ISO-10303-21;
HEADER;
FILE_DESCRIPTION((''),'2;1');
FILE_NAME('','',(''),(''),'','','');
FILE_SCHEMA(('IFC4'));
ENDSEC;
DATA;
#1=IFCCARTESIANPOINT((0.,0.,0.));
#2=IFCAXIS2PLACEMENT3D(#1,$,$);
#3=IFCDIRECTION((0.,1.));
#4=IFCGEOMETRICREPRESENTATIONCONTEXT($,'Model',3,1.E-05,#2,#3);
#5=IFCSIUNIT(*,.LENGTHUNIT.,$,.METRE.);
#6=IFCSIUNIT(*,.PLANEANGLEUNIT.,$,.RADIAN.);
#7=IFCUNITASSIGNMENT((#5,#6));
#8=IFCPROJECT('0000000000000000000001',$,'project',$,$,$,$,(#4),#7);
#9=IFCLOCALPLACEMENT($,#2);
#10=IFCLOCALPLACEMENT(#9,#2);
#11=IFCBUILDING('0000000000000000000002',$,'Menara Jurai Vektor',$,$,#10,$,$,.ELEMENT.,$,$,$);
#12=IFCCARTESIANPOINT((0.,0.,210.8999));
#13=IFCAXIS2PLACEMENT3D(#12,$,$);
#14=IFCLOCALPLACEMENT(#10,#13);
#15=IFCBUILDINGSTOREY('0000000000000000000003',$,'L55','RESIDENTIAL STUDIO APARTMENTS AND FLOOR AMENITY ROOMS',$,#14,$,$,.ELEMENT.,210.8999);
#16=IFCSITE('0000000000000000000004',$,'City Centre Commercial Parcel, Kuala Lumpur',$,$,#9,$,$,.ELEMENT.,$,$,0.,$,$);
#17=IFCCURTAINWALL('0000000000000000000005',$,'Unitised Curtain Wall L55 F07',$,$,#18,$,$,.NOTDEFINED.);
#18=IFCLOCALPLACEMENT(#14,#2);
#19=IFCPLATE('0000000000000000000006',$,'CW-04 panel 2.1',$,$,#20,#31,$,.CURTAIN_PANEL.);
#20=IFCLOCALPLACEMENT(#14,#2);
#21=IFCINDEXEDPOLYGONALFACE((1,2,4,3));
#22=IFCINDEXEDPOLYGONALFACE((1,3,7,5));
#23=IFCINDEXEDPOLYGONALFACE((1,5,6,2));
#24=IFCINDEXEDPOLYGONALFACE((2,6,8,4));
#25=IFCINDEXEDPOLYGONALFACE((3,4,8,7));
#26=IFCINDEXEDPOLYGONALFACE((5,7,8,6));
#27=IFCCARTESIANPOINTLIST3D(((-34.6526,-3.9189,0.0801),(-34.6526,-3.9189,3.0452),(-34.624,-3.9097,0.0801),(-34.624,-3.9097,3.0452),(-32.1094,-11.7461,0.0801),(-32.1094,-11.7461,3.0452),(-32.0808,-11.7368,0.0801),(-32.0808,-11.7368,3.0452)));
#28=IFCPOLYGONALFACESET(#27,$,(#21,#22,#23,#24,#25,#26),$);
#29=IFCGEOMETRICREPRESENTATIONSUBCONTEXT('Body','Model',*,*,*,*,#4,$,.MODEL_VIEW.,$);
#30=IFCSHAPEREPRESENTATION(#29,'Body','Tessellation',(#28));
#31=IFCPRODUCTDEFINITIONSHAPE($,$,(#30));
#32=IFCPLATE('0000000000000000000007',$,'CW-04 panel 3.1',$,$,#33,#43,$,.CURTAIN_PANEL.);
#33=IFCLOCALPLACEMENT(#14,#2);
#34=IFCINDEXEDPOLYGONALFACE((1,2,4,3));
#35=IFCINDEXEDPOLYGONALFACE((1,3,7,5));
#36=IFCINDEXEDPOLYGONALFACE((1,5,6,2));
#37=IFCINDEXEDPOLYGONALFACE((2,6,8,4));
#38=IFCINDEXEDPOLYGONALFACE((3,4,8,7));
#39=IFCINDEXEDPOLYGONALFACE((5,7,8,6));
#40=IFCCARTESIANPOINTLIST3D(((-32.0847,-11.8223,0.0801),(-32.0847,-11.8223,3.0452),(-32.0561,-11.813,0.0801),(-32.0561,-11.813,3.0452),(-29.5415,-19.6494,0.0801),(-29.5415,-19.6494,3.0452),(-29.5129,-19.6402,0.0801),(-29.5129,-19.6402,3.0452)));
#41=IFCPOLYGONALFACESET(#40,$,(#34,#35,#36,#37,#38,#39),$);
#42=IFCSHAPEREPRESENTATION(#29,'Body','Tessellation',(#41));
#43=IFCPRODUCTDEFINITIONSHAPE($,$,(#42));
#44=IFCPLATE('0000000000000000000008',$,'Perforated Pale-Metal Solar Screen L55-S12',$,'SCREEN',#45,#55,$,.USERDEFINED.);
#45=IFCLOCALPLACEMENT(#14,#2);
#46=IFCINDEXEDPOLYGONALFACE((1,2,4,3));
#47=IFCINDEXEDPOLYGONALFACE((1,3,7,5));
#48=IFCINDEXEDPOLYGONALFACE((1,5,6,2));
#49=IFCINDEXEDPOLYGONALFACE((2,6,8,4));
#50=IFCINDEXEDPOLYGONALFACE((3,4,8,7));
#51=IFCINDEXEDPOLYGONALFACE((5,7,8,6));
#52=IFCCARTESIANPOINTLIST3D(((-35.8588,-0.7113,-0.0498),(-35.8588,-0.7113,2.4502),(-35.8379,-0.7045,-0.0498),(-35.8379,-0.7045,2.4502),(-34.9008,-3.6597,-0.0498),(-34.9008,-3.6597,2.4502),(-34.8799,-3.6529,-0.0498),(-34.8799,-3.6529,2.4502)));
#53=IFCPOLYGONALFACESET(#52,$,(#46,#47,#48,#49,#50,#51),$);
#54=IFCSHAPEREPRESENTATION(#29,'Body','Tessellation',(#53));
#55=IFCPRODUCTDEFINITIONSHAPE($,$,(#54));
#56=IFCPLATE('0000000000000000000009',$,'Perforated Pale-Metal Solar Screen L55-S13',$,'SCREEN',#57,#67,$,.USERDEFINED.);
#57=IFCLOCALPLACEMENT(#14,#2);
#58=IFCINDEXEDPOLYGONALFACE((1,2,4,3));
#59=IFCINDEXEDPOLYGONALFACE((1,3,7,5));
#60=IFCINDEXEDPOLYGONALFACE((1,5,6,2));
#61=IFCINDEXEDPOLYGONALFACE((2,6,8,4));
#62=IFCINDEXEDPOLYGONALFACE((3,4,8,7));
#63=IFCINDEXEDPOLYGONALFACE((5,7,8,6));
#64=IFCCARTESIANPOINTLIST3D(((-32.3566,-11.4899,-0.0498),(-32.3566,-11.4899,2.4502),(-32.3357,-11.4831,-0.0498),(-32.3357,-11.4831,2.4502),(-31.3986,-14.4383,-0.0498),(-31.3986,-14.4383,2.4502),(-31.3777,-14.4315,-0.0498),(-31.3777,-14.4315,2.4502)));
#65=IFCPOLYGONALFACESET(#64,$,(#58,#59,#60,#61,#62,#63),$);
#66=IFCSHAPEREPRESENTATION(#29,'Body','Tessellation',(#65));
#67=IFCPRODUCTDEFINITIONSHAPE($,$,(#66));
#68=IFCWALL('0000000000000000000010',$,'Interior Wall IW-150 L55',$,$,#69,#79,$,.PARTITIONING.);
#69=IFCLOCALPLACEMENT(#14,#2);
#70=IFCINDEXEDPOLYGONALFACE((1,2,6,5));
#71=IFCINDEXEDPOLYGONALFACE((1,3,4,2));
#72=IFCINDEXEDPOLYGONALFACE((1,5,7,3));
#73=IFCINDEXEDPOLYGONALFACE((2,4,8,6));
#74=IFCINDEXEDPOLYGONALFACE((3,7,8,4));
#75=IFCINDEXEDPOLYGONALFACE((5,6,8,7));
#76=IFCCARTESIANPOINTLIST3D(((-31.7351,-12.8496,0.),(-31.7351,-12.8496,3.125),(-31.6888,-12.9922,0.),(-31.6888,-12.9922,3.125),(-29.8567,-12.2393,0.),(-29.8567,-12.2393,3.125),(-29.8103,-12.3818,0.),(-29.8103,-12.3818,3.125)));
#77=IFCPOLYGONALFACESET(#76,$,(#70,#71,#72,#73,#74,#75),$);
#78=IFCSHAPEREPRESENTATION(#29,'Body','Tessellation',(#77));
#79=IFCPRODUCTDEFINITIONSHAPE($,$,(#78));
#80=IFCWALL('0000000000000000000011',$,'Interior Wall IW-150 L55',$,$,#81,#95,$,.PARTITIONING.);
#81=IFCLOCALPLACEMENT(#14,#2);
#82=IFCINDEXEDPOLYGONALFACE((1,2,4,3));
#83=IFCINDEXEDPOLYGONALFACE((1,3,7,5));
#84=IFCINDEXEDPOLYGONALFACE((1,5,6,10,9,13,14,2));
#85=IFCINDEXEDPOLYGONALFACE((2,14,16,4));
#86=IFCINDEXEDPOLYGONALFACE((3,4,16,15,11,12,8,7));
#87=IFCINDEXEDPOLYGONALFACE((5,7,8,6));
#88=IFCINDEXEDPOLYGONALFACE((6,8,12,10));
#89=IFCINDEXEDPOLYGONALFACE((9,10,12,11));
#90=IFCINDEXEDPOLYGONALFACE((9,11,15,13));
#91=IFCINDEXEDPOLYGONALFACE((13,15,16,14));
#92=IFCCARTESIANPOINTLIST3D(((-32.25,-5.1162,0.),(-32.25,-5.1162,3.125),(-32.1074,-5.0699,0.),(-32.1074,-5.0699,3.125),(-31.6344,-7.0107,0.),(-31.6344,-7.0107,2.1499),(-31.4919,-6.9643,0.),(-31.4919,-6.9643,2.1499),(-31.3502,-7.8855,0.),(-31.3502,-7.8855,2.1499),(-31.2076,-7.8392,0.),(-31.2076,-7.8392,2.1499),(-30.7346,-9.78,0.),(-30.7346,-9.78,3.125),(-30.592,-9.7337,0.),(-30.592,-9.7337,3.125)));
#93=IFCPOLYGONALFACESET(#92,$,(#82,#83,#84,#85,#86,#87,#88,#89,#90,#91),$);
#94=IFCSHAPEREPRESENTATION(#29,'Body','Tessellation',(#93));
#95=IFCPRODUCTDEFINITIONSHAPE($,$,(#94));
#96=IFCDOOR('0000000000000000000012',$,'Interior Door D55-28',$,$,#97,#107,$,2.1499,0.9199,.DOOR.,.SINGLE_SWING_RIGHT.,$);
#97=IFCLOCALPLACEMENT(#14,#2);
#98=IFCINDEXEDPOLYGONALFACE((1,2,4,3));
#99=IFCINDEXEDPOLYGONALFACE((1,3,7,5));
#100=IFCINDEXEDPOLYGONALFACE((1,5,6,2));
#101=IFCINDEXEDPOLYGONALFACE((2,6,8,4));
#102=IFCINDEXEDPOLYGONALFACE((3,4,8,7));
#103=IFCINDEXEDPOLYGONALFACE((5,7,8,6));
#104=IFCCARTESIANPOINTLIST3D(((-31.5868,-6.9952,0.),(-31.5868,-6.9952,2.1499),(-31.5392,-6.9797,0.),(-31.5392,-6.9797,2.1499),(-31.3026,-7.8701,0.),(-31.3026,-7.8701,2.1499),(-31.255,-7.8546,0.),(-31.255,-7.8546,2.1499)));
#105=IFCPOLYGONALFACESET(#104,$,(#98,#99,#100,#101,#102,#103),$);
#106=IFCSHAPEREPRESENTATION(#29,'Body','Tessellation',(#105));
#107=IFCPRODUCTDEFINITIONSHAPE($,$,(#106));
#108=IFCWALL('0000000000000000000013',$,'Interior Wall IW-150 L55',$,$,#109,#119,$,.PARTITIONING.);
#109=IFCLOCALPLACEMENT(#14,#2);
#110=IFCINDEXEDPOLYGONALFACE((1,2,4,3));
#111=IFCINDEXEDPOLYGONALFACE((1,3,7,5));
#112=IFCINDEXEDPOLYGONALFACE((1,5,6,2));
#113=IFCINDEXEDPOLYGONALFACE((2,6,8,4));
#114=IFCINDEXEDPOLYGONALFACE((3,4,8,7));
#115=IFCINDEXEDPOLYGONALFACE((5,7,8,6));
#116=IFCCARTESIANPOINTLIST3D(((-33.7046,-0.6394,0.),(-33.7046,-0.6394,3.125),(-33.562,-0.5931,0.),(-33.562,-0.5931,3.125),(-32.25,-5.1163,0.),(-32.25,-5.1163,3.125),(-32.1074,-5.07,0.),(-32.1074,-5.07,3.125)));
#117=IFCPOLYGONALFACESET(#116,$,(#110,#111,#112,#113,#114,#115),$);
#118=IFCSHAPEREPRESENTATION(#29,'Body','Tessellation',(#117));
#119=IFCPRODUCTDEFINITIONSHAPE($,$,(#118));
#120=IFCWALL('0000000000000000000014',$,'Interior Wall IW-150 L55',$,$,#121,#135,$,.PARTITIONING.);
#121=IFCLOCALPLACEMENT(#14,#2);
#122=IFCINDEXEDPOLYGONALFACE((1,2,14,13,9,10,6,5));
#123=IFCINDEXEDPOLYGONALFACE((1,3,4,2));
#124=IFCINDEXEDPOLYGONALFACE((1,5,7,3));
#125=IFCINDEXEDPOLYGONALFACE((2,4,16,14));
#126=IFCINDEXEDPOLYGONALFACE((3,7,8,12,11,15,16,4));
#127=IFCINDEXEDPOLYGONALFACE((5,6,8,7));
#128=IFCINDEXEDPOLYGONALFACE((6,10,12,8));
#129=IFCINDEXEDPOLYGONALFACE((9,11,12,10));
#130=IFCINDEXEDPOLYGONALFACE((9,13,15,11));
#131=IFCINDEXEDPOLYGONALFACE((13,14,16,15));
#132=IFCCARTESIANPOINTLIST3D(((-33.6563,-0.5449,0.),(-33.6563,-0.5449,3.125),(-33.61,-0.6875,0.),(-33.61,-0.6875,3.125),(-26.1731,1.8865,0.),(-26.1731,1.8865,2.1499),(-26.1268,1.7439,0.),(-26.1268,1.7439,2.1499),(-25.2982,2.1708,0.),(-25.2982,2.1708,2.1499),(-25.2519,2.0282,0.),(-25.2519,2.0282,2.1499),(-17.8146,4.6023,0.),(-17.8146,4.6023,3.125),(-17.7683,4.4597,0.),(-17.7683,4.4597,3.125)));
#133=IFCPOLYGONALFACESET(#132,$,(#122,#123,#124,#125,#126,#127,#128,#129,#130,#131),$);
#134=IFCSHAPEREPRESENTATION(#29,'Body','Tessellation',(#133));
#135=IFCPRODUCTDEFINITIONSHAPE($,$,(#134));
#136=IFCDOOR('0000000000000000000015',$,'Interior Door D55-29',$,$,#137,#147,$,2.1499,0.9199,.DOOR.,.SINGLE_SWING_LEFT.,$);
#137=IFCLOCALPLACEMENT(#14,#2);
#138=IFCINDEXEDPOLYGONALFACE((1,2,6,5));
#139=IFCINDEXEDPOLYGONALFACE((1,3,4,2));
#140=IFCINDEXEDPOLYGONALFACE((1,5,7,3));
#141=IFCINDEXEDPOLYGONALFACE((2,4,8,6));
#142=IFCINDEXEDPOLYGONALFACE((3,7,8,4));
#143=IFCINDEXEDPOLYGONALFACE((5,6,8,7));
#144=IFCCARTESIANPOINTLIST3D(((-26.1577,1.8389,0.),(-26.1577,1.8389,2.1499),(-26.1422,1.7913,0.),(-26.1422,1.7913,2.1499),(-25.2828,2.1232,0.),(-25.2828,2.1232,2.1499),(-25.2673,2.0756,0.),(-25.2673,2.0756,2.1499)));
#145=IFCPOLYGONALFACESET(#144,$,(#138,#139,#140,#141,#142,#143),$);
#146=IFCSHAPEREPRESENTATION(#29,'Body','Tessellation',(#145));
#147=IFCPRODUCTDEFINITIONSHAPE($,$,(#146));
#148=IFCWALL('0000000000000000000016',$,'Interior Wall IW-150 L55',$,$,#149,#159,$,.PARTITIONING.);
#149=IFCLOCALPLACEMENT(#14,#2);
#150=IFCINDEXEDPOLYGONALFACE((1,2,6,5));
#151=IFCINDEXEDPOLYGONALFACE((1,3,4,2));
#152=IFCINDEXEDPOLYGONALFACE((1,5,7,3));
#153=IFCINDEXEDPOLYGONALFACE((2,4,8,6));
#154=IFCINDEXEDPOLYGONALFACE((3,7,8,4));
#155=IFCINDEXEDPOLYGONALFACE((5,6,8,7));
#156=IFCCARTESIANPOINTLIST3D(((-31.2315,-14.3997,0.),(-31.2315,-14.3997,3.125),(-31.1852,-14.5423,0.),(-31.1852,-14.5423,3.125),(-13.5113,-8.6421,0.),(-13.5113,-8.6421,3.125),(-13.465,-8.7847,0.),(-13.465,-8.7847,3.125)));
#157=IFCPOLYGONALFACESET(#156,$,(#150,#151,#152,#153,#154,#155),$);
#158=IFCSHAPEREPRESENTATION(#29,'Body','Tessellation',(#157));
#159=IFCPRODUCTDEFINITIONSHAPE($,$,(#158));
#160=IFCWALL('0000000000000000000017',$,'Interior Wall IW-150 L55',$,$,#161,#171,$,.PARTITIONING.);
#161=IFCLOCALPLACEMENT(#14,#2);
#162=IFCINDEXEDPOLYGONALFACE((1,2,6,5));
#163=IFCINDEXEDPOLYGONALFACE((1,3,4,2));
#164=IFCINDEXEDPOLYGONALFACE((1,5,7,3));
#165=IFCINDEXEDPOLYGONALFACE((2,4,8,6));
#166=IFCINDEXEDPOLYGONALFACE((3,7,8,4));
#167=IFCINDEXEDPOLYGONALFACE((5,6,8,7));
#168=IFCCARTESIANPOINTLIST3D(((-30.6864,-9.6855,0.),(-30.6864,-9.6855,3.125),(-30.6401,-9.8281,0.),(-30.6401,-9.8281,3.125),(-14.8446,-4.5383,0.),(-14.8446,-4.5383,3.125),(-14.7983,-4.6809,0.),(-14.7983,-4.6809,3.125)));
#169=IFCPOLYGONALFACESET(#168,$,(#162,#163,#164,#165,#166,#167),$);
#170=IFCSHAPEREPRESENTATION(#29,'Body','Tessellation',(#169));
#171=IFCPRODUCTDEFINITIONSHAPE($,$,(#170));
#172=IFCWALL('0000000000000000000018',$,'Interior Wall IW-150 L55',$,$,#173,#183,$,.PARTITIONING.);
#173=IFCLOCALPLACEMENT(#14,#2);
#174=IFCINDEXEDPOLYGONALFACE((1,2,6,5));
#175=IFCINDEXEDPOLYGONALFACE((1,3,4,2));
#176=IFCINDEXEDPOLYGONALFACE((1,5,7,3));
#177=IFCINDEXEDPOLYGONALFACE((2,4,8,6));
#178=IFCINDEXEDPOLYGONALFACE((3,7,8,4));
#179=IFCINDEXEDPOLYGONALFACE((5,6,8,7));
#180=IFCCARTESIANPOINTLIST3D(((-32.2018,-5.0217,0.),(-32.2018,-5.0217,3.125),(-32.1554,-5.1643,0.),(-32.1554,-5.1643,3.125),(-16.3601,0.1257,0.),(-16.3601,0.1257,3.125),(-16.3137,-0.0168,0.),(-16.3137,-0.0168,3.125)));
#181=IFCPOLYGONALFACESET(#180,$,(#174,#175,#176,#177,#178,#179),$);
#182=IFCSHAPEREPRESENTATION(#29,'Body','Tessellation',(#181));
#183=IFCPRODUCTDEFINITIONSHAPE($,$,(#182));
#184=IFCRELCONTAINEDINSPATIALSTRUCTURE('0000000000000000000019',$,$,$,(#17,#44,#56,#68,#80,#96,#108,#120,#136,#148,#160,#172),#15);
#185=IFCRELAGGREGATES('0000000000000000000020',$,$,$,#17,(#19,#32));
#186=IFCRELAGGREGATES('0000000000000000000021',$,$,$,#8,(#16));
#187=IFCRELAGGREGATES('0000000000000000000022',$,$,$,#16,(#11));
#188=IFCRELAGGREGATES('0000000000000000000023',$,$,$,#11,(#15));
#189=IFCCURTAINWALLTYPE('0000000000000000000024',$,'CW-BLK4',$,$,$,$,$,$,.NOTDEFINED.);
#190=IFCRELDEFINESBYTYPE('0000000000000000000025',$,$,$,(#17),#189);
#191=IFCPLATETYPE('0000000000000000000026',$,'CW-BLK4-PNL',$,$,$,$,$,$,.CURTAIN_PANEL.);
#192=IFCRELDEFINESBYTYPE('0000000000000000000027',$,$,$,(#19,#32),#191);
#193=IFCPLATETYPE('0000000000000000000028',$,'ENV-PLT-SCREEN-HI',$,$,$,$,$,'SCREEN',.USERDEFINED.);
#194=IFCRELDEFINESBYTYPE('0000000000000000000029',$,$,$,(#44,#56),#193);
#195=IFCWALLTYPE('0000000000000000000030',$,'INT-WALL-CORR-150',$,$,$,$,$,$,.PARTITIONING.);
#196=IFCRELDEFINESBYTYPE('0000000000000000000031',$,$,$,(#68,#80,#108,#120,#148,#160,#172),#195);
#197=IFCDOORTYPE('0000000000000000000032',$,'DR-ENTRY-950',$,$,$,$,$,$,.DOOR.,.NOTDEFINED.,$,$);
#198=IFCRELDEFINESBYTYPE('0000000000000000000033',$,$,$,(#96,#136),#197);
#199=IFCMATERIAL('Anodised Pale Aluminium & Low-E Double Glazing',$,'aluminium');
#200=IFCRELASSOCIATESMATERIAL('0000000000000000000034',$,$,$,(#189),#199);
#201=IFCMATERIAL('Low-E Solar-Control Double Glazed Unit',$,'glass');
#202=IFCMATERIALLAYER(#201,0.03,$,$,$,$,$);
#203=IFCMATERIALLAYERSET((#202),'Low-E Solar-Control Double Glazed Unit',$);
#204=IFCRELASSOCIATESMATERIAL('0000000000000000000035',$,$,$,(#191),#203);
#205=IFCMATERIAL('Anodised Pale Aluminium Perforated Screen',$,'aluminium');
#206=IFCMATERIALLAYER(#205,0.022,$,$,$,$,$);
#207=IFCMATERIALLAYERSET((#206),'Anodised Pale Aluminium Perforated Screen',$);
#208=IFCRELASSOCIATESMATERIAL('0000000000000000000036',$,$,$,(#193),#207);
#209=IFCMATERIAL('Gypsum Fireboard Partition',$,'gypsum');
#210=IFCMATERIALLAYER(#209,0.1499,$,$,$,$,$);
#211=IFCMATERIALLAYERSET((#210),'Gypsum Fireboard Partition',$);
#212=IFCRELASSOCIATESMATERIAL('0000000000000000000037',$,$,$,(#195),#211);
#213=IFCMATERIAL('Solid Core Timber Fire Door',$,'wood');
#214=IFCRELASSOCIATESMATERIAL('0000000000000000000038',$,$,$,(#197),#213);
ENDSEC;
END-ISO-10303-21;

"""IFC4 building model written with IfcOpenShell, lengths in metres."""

from ifc_helpers import new_model, si_unit, direction, frame, frame_2d, origin, origin_2d, place, context, subcontext, project, spatial, rectangle, extrude, material, layer, layer_set, type_object, element, fill, aggregate, save


model = new_model("IFC4")

# Units and contexts
model_context = context("Model", 3, precision=1e-05, world=origin(), true_north=direction((0.0, 1.0)))
body_context = subcontext(model_context, "Body", "Model", "MODEL_VIEW")
ifc_project = project(units=[si_unit("LENGTHUNIT", "METRE"), si_unit("PLANEANGLEUNIT", "RADIAN")], contexts=[model_context])

# Site, building, storey
site_placement = place(None, origin())
site = spatial("IfcSite", under=ifc_project, at=site_placement, Name="City Centre Commercial Parcel, Kuala Lumpur", CompositionType="ELEMENT", RefElevation=0.0)
building_placement = place(site_placement, origin())
building = spatial("IfcBuilding", under=site, at=building_placement, Name="Menara Jurai Vektor", CompositionType="ELEMENT")
storey_placement = place(building_placement, frame((0.0, 0.0, 210.8999)))
storey = spatial("IfcBuildingStorey", under=building, at=storey_placement, Name="L55", Description="RESIDENTIAL STUDIO APARTMENTS AND FLOOR AMENITY ROOMS", CompositionType="ELEMENT", Elevation=210.8999)

# Curtain wall
ifc_material_1 = material(Name="Anodised Pale Aluminium & Low-E Double Glazing", Category="aluminium")
curtain_wall_type = type_object("IfcCurtainWallType", Name="CW-BLK4", PredefinedType="NOTDEFINED", material=ifc_material_1)
curtain_wall_placement = place(storey_placement, origin())
curtain_wall = element("IfcCurtainWall", 1, at=curtain_wall_placement, inside=storey, type_object=curtain_wall_type, Name="Unitised Curtain Wall L55 F07", PredefinedType="NOTDEFINED")

# Plates
ifc_material_2 = material(Name="Low-E Solar-Control Double Glazed Unit", Category="glass")
ifc_layer_1 = layer(ifc_material_2, 0.03)
ifc_layer_set_1 = layer_set([ifc_layer_1], Name="Low-E Solar-Control Double Glazed Unit")
plate_type_1 = type_object("IfcPlateType", Name="CW-BLK4-PNL", PredefinedType="CURTAIN_PANEL", material=ifc_layer_set_1)
plate_1_placement = place(storey_placement, frame((-33.3667, -7.8279, 0.0801), z_axis=(0.0, 0.0, 1.0), x_axis=(0.309016, -0.951057, 0.0)))
plate_1 = element("IfcPlate", 2, at=plate_1_placement, type_object=plate_type_1, Name="CW-04 panel 2.1", PredefinedType="CURTAIN_PANEL", context=body_context, shape_type="SweptSolid", body=[
    extrude(rectangle(XDim=8.23, YDim=0.03, at=origin_2d()), origin(), (0.0, 0.0, 1.0), 2.9651),
])
plate_2_placement = place(storey_placement, frame((-30.7988, -15.7312, 0.0801), z_axis=(0.0, 0.0, 1.0), x_axis=(0.309016, -0.951057, 0.0)))
plate_2 = element("IfcPlate", 3, at=plate_2_placement, type_object=plate_type_1, Name="CW-04 panel 3.1", PredefinedType="CURTAIN_PANEL", context=body_context, shape_type="SweptSolid", body=[
    extrude(rectangle(XDim=8.23, YDim=0.03, at=origin_2d()), origin(), (0.0, 0.0, 1.0), 2.9651),
])
aggregate(curtain_wall, [plate_1, plate_2])

# Plates
ifc_material_3 = material(Name="Anodised Pale Aluminium Perforated Screen", Category="aluminium")
ifc_layer_2 = layer(ifc_material_3, 0.022)
ifc_layer_set_2 = layer_set([ifc_layer_2], Name="Anodised Pale Aluminium Perforated Screen")
plate_type_2 = type_object("IfcPlateType", Name="ENV-PLT-SCREEN-HI", ElementType="SCREEN", PredefinedType="USERDEFINED", material=ifc_layer_set_2)
for number, where, z_axis, x_axis, name in (
    (4, (-35.3694, -2.1821, -0.0498), (0.0, 0.0, 1.0), (0.309017, -0.951057, 0.0), "Perforated Pale-Metal Solar Screen L55-S12"),
    (5, (-31.8672, -12.9607, -0.0498), (0.0, 0.0, 1.0), (0.309017, -0.951057, 0.0), "Perforated Pale-Metal Solar Screen L55-S13"),
):
    element("IfcPlate", number, at=place(storey_placement, frame(where, z_axis=z_axis, x_axis=x_axis)), inside=storey, type_object=plate_type_2, Name=name, ObjectType="SCREEN", PredefinedType="USERDEFINED", context=body_context, shape_type="SweptSolid", body=[
        extrude(rectangle(XDim=3.1001, YDim=0.022, at=origin_2d()), origin(), (0.0, 0.0, 1.0), 2.5),
    ])

# Wall
ifc_material_4 = material(Name="Gypsum Fireboard Partition", Category="gypsum")
ifc_layer_3 = layer(ifc_material_4, 0.1499)
ifc_layer_set_3 = layer_set([ifc_layer_3], Name="Gypsum Fireboard Partition")
wall_type = type_object("IfcWallType", Name="INT-WALL-CORR-150", PredefinedType="PARTITIONING", material=ifc_layer_set_3)
wall_1_placement = place(storey_placement, frame((-31.7119, -12.9209, 0.0), z_axis=(0.0, 0.0, 1.0), x_axis=(0.951054, 0.309025, 0.0)))
element("IfcWall", 6, at=wall_1_placement, inside=storey, type_object=wall_type, Name="Interior Wall IW-150 L55", PredefinedType="PARTITIONING", context=body_context, shape_type="SweptSolid", body=[
    extrude(rectangle(XDim=1.9751, YDim=0.1499, at=frame_2d((0.9875, 0.0))), origin(), (0.0, 0.0, 1.0), 3.125),
])

# Wall, opening, door
ifc_material_5 = material(Name="Solid Core Timber Fire Door", Category="wood")
door_type = type_object("IfcDoorType", Name="DR-ENTRY-950", OperationType="NOTDEFINED", PredefinedType="DOOR", material=ifc_material_5)
wall_2_placement = place(storey_placement, frame((-30.6633, -9.7568, 0.0), z_axis=(0.0, 0.0, 1.0), x_axis=(-0.30902, 0.951056, 0.0)))
wall_2 = element("IfcWall", 7, at=wall_2_placement, inside=storey, type_object=wall_type, Name="Interior Wall IW-150 L55", PredefinedType="PARTITIONING", context=body_context, shape_type="SweptSolid", body=[
    extrude(rectangle(XDim=4.9038, YDim=0.1499, at=frame_2d((2.4519, 0.0))), origin(), (0.0, 0.0, 1.0), 3.125),
])
opening_1_placement = place(wall_2_placement, frame((1.9919, 0.0, 0.0)))
opening_1 = element("IfcOpeningElement", 8, at=opening_1_placement, cuts=wall_2, PredefinedType="OPENING", context=body_context, shape_type="SweptSolid", body=[
    extrude(rectangle(XDim=0.9199, YDim=2.1499, at=frame_2d((0.46, 1.075))), frame((0.0, 0.085, 0.0), z_axis=(0.0, -1.0, 0.0), x_axis=(1.0, 0.0, 0.0)), (0.0, 0.0, 1.0), 0.1699),
])
door_1_placement = place(opening_1_placement, origin())
door_1 = element("IfcDoor", 9, at=door_1_placement, inside=storey, type_object=door_type, Name="Interior Door D55-28", OperationType="SINGLE_SWING_RIGHT", OverallHeight=2.1499, OverallWidth=0.9199, PredefinedType="DOOR", context=body_context, shape_type="SweptSolid", body=[
    extrude(rectangle(XDim=0.9199, YDim=2.1499, at=frame_2d((0.46, 1.075))), frame((0.0, 0.0249, 0.0), z_axis=(0.0, -1.0, 0.0), x_axis=(1.0, 0.0, 0.0)), (0.0, 0.0, 1.0), 0.05),
])
fill(opening_1, door_1)

# Wall
wall_3_placement = place(storey_placement, frame((-32.1787, -5.093, 0.0), z_axis=(0.0, 0.0, 1.0), x_axis=(-0.309015, 0.951057, 0.0)))
element("IfcWall", 10, at=wall_3_placement, inside=storey, type_object=wall_type, Name="Interior Wall IW-150 L55", PredefinedType="PARTITIONING", context=body_context, shape_type="SweptSolid", body=[
    extrude(rectangle(XDim=4.7073, YDim=0.1499, at=frame_2d((2.3535, 0.0))), origin(), (0.0, 0.0, 1.0), 3.125),
])

# Wall, opening, door
wall_4_placement = place(storey_placement, frame((-33.6333, -0.6162, 0.0), z_axis=(0.0, 0.0, 1.0), x_axis=(0.951058, 0.309012, 0.0)))
wall_4 = element("IfcWall", 11, at=wall_4_placement, inside=storey, type_object=wall_type, Name="Interior Wall IW-150 L55", PredefinedType="PARTITIONING", context=body_context, shape_type="SweptSolid", body=[
    extrude(rectangle(XDim=16.657, YDim=0.1499, at=frame_2d((8.3286, 0.0))), origin(), (0.0, 0.0, 1.0), 3.125),
])
opening_2_placement = place(wall_4_placement, frame((7.8684, 0.0, 0.0)))
opening_2 = element("IfcOpeningElement", 12, at=opening_2_placement, cuts=wall_4, PredefinedType="OPENING", context=body_context, shape_type="SweptSolid", body=[
    extrude(rectangle(XDim=0.9199, YDim=2.1499, at=frame_2d((0.46, 1.075))), frame((0.0, 0.085, 0.0), z_axis=(0.0, -1.0, 0.0), x_axis=(1.0, 0.0, 0.0)), (0.0, 0.0, 1.0), 0.1699),
])
door_2_placement = place(opening_2_placement, origin())
door_2 = element("IfcDoor", 13, at=door_2_placement, inside=storey, type_object=door_type, Name="Interior Door D55-29", OperationType="SINGLE_SWING_LEFT", OverallHeight=2.1499, OverallWidth=0.9199, PredefinedType="DOOR", context=body_context, shape_type="SweptSolid", body=[
    extrude(rectangle(XDim=0.9199, YDim=2.1499, at=frame_2d((0.46, 1.075))), frame((0.0, 0.0249, 0.0), z_axis=(0.0, -1.0, 0.0), x_axis=(1.0, 0.0, 0.0)), (0.0, 0.0, 1.0), 0.05),
])
fill(opening_2, door_2)

# Walls
wall_5_placement = place(storey_placement, frame((-31.2083, -14.4709, 0.0), z_axis=(0.0, 0.0, 1.0), x_axis=(0.951058, 0.309013, 0.0)))
element("IfcWall", 14, at=wall_5_placement, inside=storey, type_object=wall_type, Name="Interior Wall IW-150 L55", PredefinedType="PARTITIONING", context=body_context, shape_type="SweptSolid", body=[
    extrude(rectangle(XDim=18.6321, YDim=0.1499, at=frame_2d((9.3159, 0.0))), origin(), (0.0, 0.0, 1.0), 3.125),
])
for number, where, z_axis, x_axis, name in (
    (15, (-30.6633, -9.7568, 0.0), (0.0, 0.0, 1.0), (0.951058, 0.309012, 0.0), "Interior Wall IW-150 L55"),
    (16, (-32.1787, -5.093, 0.0), (0.0, 0.0, 1.0), (0.951054, 0.309025, 0.0), "Interior Wall IW-150 L55"),
):
    element("IfcWall", number, at=place(storey_placement, frame(where, z_axis=z_axis, x_axis=x_axis)), inside=storey, type_object=wall_type, Name=name, PredefinedType="PARTITIONING", context=body_context, shape_type="SweptSolid", body=[
        extrude(rectangle(XDim=16.657, YDim=0.1499, at=frame_2d((8.3286, 0.0))), origin(), (0.0, 0.0, 1.0), 3.125),
    ])

save(model, "model.ifc")
